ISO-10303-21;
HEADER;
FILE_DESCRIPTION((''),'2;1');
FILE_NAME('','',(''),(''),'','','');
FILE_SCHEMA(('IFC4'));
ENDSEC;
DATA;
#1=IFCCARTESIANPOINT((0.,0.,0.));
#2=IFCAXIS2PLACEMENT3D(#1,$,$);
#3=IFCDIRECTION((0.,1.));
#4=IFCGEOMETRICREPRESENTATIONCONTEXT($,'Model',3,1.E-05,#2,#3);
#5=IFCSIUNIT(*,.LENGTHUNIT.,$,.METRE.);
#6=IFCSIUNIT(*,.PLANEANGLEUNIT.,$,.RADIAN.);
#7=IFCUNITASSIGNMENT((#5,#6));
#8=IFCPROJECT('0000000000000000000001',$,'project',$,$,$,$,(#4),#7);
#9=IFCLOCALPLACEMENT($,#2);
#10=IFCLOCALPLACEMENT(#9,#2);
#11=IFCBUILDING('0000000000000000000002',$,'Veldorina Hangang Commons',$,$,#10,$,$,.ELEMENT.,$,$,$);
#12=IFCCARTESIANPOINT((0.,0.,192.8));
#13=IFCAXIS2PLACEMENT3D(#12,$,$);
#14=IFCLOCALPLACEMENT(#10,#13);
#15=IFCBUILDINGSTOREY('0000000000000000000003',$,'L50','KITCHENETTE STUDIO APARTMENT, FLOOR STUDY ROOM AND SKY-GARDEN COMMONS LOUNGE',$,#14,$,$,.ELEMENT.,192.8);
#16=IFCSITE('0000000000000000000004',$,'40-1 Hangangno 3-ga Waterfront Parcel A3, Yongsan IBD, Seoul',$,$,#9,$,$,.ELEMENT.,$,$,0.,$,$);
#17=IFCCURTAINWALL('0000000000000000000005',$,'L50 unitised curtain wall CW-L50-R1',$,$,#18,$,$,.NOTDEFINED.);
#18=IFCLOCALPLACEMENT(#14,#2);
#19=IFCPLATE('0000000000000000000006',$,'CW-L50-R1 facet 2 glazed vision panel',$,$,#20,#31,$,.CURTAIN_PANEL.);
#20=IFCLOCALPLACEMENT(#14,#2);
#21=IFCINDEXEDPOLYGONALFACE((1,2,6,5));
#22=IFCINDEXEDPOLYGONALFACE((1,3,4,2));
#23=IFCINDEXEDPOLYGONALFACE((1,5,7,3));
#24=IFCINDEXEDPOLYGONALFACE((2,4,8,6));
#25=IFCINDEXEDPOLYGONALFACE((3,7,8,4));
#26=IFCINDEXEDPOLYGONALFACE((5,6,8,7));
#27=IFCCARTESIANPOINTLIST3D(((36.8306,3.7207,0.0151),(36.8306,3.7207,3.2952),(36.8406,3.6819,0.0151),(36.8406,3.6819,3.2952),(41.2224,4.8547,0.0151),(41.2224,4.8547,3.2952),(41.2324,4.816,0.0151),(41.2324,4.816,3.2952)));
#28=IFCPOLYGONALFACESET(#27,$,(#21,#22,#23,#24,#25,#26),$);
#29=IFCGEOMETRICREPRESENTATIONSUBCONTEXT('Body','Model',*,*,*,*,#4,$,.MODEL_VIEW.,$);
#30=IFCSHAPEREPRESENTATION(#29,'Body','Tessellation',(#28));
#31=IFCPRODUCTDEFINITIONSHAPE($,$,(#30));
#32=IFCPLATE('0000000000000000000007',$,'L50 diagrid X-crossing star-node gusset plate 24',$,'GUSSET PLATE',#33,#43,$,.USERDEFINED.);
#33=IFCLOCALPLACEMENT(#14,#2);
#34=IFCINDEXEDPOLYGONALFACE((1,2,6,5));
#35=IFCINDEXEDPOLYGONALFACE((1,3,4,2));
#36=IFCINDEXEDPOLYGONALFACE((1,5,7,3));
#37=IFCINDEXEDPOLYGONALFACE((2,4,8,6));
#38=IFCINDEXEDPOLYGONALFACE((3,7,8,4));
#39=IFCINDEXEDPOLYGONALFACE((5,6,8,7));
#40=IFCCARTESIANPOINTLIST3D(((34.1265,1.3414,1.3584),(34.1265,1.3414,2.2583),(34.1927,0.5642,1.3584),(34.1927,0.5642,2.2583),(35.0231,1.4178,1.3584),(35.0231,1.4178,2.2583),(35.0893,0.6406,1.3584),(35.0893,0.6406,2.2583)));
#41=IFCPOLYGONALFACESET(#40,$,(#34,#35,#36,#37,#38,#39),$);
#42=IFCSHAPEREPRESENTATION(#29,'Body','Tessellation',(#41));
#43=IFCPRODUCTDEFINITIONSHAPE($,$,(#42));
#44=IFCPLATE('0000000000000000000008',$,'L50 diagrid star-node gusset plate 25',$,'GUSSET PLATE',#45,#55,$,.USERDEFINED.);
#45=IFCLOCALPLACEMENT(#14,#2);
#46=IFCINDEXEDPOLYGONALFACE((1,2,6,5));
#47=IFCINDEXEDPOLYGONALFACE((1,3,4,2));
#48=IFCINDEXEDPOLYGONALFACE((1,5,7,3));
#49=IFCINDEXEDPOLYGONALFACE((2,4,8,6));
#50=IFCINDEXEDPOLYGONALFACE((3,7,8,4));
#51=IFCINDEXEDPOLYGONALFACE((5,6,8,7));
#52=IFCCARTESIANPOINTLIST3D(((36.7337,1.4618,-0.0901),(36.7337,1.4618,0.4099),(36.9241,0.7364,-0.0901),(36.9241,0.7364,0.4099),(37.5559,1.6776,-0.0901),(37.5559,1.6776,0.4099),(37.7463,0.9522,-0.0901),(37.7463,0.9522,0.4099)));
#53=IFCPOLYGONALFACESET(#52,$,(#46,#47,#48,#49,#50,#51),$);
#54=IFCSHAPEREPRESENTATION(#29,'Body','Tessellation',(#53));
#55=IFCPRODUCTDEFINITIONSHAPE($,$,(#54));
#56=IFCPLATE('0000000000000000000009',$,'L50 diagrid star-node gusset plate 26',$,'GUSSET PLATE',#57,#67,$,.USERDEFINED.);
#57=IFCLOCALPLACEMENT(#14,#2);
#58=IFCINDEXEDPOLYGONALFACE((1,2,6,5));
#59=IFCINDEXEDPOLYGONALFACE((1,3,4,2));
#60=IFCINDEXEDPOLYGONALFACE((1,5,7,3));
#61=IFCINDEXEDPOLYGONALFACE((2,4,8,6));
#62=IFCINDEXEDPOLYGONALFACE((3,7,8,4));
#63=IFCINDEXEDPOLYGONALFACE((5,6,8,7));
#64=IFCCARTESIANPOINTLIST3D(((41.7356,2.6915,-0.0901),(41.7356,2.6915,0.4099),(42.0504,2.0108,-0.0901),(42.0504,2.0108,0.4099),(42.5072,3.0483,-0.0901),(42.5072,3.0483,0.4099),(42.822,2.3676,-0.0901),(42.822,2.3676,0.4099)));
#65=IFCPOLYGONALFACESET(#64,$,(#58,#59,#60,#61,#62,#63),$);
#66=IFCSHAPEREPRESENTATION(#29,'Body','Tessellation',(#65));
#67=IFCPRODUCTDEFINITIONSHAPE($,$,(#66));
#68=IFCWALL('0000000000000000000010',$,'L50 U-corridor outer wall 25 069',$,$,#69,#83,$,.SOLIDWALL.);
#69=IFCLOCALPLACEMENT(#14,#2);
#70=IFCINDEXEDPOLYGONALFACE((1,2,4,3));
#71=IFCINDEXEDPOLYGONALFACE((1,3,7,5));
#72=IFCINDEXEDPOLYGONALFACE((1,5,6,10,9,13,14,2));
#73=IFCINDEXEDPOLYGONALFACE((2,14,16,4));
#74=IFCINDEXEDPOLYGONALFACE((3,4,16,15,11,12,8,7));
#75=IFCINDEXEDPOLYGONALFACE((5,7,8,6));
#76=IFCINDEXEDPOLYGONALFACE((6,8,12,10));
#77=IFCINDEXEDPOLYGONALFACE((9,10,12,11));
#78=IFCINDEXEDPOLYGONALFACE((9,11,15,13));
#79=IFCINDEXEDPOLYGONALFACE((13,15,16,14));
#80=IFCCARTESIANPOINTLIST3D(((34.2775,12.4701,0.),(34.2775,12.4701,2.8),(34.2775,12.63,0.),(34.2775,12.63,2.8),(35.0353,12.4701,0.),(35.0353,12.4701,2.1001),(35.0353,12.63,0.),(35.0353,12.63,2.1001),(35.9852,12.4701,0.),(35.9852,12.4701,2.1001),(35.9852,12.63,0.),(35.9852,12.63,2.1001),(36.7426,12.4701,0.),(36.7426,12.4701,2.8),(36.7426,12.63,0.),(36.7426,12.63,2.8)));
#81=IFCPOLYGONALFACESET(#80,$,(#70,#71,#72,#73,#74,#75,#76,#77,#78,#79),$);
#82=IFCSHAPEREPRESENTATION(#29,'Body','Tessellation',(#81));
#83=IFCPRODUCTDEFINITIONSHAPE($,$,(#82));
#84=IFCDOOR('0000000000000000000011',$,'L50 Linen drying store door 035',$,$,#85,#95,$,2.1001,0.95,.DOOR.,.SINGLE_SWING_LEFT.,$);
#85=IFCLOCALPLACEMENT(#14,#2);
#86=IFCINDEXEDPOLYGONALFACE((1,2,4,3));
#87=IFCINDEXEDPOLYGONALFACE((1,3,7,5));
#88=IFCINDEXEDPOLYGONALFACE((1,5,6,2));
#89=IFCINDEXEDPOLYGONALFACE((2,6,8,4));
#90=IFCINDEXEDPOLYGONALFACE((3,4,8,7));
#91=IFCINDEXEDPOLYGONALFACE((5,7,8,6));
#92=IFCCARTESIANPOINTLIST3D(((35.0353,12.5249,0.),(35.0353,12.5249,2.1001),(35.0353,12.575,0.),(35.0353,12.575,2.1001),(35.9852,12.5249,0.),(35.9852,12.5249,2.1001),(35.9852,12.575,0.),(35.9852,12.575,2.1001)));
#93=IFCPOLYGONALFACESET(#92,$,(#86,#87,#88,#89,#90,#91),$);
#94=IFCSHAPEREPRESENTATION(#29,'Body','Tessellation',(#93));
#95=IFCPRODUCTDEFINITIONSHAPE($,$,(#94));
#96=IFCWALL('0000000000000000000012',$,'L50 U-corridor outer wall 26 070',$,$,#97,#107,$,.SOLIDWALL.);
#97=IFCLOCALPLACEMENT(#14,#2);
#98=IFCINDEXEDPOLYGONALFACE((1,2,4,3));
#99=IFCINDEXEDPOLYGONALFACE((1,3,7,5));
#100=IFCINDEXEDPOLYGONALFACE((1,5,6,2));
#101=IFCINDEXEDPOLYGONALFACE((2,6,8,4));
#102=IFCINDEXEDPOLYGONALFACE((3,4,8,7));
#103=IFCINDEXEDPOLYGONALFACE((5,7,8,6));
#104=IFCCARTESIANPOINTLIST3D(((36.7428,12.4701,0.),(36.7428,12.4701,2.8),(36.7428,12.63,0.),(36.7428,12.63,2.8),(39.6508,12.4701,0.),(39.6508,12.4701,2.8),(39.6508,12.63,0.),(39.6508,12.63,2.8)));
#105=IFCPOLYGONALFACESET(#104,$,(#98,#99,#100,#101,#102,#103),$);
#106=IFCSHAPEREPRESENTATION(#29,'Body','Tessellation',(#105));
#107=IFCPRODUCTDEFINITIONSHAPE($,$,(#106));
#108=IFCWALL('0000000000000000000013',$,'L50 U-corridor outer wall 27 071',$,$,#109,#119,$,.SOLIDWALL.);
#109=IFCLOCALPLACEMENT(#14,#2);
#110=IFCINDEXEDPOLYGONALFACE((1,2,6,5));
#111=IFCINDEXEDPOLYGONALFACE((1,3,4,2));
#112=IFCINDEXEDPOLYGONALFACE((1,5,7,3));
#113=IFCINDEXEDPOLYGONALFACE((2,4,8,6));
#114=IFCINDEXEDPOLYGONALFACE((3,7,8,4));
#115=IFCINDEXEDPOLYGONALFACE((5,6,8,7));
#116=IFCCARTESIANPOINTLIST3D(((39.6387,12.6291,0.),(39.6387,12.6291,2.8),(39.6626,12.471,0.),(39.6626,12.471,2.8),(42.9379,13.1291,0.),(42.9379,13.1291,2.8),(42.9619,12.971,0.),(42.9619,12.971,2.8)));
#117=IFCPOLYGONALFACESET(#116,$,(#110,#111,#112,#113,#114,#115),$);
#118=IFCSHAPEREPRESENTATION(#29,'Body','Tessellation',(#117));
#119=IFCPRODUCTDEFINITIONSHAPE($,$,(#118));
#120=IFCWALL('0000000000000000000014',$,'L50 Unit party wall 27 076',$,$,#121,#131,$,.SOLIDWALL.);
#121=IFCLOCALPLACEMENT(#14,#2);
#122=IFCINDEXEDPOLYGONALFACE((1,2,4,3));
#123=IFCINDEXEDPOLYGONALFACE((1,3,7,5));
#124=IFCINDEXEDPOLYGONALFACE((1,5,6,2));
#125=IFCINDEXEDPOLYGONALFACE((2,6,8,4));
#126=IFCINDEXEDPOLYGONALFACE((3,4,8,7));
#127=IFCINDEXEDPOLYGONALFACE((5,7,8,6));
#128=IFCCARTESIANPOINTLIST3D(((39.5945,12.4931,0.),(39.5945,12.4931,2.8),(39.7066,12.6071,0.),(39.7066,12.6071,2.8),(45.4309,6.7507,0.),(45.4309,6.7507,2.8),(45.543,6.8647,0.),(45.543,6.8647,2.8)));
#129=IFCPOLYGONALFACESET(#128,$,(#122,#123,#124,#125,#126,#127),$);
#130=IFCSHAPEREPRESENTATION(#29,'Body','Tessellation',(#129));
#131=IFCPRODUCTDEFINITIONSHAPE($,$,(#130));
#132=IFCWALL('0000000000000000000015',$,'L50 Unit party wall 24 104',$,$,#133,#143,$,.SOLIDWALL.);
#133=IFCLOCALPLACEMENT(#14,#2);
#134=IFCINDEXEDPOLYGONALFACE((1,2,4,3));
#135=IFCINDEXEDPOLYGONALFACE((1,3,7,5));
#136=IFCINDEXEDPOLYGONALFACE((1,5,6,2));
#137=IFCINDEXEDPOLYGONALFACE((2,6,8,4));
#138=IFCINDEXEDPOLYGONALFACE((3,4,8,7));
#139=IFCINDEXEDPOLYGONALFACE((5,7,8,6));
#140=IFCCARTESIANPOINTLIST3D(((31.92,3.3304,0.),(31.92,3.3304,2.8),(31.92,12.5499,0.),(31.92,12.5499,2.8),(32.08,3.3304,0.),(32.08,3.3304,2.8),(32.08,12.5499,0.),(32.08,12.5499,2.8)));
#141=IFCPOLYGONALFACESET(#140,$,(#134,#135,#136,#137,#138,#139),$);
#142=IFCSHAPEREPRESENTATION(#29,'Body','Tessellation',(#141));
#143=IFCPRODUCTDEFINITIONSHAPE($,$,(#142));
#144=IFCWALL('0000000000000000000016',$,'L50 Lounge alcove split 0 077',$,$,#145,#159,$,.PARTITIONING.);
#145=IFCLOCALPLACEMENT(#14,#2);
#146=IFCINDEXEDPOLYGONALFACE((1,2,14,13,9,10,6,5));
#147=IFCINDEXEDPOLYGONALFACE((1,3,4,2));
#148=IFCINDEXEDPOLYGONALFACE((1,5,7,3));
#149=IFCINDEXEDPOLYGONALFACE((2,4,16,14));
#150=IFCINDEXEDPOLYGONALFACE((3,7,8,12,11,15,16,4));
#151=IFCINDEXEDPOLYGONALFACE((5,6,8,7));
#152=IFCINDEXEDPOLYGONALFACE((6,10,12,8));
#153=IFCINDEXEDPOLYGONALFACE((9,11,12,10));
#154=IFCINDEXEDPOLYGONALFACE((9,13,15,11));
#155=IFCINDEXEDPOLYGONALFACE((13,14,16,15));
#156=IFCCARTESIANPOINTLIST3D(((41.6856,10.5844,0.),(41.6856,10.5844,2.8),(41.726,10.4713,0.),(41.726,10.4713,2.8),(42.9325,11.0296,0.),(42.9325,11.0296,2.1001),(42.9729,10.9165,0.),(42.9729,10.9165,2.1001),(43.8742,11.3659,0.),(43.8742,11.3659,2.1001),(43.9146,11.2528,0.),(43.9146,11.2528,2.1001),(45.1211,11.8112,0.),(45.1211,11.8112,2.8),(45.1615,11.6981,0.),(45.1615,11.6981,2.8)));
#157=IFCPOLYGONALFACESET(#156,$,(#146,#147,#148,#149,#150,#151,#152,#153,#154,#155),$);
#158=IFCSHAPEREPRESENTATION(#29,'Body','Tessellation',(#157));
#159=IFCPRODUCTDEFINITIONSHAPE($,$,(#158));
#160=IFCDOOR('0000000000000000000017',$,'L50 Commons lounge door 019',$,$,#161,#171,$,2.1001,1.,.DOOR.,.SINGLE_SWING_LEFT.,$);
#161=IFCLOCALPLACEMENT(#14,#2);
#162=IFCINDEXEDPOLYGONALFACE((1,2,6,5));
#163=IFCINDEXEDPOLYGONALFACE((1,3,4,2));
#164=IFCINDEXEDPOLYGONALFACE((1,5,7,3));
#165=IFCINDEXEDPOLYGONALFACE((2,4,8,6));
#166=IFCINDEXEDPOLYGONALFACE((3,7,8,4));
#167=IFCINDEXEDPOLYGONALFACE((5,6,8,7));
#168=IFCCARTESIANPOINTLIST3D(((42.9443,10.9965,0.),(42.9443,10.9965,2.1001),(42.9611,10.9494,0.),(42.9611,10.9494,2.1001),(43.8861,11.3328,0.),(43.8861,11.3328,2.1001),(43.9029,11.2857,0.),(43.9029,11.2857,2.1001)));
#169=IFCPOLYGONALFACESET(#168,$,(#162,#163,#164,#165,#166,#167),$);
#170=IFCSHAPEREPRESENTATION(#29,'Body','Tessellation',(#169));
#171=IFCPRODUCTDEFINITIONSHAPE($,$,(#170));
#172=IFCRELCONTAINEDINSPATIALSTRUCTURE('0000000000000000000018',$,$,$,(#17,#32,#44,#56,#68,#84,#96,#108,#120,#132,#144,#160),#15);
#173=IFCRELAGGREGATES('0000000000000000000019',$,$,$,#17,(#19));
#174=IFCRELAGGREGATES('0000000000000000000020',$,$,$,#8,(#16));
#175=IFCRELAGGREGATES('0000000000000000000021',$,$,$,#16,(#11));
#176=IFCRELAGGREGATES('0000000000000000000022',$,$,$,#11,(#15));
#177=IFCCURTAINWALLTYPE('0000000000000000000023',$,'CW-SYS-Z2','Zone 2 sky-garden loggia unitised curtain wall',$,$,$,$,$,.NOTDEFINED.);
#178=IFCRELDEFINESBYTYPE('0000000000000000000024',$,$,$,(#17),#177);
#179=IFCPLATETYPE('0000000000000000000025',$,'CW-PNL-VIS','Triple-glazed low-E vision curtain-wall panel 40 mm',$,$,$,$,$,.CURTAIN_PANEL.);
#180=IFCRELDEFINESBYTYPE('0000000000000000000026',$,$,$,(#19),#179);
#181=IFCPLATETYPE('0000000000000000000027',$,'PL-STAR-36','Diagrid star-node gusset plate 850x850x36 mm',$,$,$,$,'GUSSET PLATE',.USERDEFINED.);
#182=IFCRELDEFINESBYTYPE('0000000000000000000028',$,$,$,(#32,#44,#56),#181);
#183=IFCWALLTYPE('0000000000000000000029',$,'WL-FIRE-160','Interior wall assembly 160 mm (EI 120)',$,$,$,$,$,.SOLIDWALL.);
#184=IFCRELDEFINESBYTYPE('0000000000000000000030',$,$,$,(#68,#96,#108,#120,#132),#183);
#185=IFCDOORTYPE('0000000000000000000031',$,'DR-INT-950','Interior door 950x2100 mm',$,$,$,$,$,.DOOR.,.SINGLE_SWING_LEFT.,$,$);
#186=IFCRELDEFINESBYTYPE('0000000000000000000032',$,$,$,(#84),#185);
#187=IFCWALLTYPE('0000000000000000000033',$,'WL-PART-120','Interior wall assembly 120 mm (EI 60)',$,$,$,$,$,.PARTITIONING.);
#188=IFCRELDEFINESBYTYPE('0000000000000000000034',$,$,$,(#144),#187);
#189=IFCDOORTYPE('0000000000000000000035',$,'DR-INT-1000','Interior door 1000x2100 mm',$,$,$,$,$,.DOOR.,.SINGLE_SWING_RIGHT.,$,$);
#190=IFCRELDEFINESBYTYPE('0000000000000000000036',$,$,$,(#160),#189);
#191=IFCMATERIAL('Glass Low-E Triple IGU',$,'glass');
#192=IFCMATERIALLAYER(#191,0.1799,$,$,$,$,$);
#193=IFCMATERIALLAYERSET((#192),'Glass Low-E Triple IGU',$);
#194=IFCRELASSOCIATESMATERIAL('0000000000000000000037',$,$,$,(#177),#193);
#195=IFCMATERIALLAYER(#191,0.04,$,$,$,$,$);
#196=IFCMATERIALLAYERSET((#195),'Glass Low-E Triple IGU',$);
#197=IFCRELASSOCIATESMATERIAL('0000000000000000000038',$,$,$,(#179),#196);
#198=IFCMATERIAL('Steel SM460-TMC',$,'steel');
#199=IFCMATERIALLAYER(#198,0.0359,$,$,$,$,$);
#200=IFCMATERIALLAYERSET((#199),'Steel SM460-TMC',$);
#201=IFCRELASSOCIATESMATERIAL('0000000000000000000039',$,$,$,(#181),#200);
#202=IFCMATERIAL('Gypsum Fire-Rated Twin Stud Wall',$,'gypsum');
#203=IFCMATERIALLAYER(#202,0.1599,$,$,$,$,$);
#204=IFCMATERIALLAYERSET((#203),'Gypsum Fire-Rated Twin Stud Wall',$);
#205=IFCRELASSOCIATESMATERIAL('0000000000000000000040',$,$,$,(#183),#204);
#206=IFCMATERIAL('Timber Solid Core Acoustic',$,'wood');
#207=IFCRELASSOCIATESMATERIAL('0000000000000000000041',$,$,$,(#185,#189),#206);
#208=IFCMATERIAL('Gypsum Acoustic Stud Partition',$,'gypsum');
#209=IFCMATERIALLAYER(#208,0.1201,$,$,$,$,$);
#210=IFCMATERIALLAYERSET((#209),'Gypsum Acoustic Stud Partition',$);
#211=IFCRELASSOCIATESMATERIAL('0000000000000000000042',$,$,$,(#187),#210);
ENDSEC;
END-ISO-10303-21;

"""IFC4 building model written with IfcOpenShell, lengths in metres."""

from ifc_helpers import new_model, si_unit, direction, frame, frame_2d, origin, origin_2d, place, context, subcontext, project, spatial, rectangle, extrude, material, layer, layer_set, type_object, element, fill, aggregate, save


model = new_model("IFC4")

# Units and contexts
model_context = context("Model", 3, precision=1e-05, world=origin(), true_north=direction((0.0, 1.0)))
body_context = subcontext(model_context, "Body", "Model", "MODEL_VIEW")
ifc_project = project(units=[si_unit("LENGTHUNIT", "METRE"), si_unit("PLANEANGLEUNIT", "RADIAN")], contexts=[model_context])

# Site, building, storey
site_placement = place(None, origin())
site = spatial("IfcSite", under=ifc_project, at=site_placement, Name="40-1 Hangangno 3-ga Waterfront Parcel A3, Yongsan IBD, Seoul", CompositionType="ELEMENT", RefElevation=0.0)
building_placement = place(site_placement, origin())
building = spatial("IfcBuilding", under=site, at=building_placement, Name="Veldorina Hangang Commons", CompositionType="ELEMENT")
storey_placement = place(building_placement, frame((0.0, 0.0, 192.8)))
storey = spatial("IfcBuildingStorey", under=building, at=storey_placement, Name="L50", Description="KITCHENETTE STUDIO APARTMENT, FLOOR STUDY ROOM AND SKY-GARDEN COMMONS LOUNGE", CompositionType="ELEMENT", Elevation=192.8)

# Curtain wall
ifc_material_1 = material(Name="Glass Low-E Triple IGU", Category="glass")
ifc_layer_1 = layer(ifc_material_1, 0.1799)
ifc_layer_set_1 = layer_set([ifc_layer_1], Name="Glass Low-E Triple IGU")
curtain_wall_type = type_object("IfcCurtainWallType", Name="CW-SYS-Z2", Description="Zone 2 sky-garden loggia unitised curtain wall", PredefinedType="NOTDEFINED", material=ifc_layer_set_1)
curtain_wall_placement = place(storey_placement, origin())
curtain_wall = element("IfcCurtainWall", 1, at=curtain_wall_placement, inside=storey, type_object=curtain_wall_type, Name="L50 unitised curtain wall CW-L50-R1", PredefinedType="NOTDEFINED")

# Plate
ifc_layer_2 = layer(ifc_material_1, 0.04)
ifc_layer_set_2 = layer_set([ifc_layer_2], Name="Glass Low-E Triple IGU")
plate_type_1 = type_object("IfcPlateType", Name="CW-PNL-VIS", Description="Triple-glazed low-E vision curtain-wall panel 40 mm", PredefinedType="CURTAIN_PANEL", material=ifc_layer_set_2)
plate_1_placement = place(storey_placement, frame((39.0315, 4.2683, 0.0151), z_axis=(0.0, 0.0, 1.0), x_axis=(0.968239, 0.250025, 0.0)))
plate_1 = element("IfcPlate", 2, at=plate_1_placement, type_object=plate_type_1, Name="CW-L50-R1 facet 2 glazed vision panel", PredefinedType="CURTAIN_PANEL", context=body_context, shape_type="SweptSolid", body=[
    extrude(rectangle(XDim=4.5359, YDim=0.04, at=origin_2d()), origin(), (0.0, 0.0, 1.0), 3.28),
])
aggregate(curtain_wall, [plate_1])

# Plates
ifc_material_2 = material(Name="Steel SM460-TMC", Category="steel")
ifc_layer_3 = layer(ifc_material_2, 0.0359)
ifc_layer_set_3 = layer_set([ifc_layer_3], Name="Steel SM460-TMC")
plate_type_2 = type_object("IfcPlateType", Name="PL-STAR-36", Description="Diagrid star-node gusset plate 850x850x36 mm", ElementType="GUSSET PLATE", PredefinedType="USERDEFINED", material=ifc_layer_set_3)
plate_2_placement = place(storey_placement, frame((34.6079, 0.991, 1.3584), z_axis=(0.0, 0.0, 1.0), x_axis=(0.99639, 0.084895, 0.0)))
element("IfcPlate", 3, at=plate_2_placement, inside=storey, type_object=plate_type_2, Name="L50 diagrid X-crossing star-node gusset plate 24", ObjectType="GUSSET PLATE", PredefinedType="USERDEFINED", context=body_context, shape_type="SweptSolid", body=[
    extrude(rectangle(XDim=0.8999, YDim=0.78, at=origin_2d()), origin(), (0.0, 0.0, 1.0), 0.8999),
])
for number, where, z_axis, x_axis, name in (
    (4, (37.24, 1.207, -0.0901), (0.0, 0.0, 1.0), (0.967241, 0.253859, 0.0), "L50 diagrid star-node gusset plate 25"),
    (5, (42.2788, 2.5295, -0.0901), (0.0, 0.0, 1.0), (0.907646, 0.419737, 0.0), "L50 diagrid star-node gusset plate 26"),
):
    element("IfcPlate", number, at=place(storey_placement, frame(where, z_axis=z_axis, x_axis=x_axis)), inside=storey, type_object=plate_type_2, Name=name, ObjectType="GUSSET PLATE", PredefinedType="USERDEFINED", context=body_context, shape_type="SweptSolid", body=[
        extrude(rectangle(XDim=0.8501, YDim=0.75, at=origin_2d()), origin(), (0.0, 0.0, 1.0), 0.5),
    ])

# Wall, opening, door
ifc_material_3 = material(Name="Gypsum Fire-Rated Twin Stud Wall", Category="gypsum")
ifc_layer_4 = layer(ifc_material_3, 0.1599)
ifc_layer_set_4 = layer_set([ifc_layer_4], Name="Gypsum Fire-Rated Twin Stud Wall")
wall_type_1 = type_object("IfcWallType", Name="WL-FIRE-160", Description="Interior wall assembly 160 mm (EI 120)", PredefinedType="SOLIDWALL", material=ifc_layer_set_4)
wall_1_placement = place(storey_placement, frame((34.2776, 12.55, 0.0), z_axis=(0.0, 0.0, 1.0), x_axis=(1.0, 0.0, 0.0)))
wall_1 = element("IfcWall", 6, at=wall_1_placement, inside=storey, type_object=wall_type_1, Name="L50 U-corridor outer wall 25 069", PredefinedType="SOLIDWALL", context=body_context, shape_type="SweptSolid", body=[
    extrude(rectangle(XDim=2.4651, YDim=0.1599, at=frame_2d((1.2324, 0.0))), origin(), (0.0, 0.0, 1.0), 2.8),
])
opening_1_placement = place(wall_1_placement, frame((0.7576, 0.0, 0.0)))
opening_1 = element("IfcOpeningElement", 7, at=opening_1_placement, cuts=wall_1, PredefinedType="OPENING", context=body_context, shape_type="SweptSolid", body=[
    extrude(rectangle(XDim=0.95, YDim=2.1001, at=frame_2d((0.4751, 1.05))), frame((0.0, 0.0898, 0.0), z_axis=(0.0, -1.0, 0.0), x_axis=(1.0, 0.0, 0.0)), (0.0, 0.0, 1.0), 0.1799),
])
ifc_material_4 = material(Name="Timber Solid Core Acoustic", Category="wood")
door_type_1 = type_object("IfcDoorType", Name="DR-INT-950", Description="Interior door 950x2100 mm", OperationType="SINGLE_SWING_LEFT", PredefinedType="DOOR", material=ifc_material_4)
door_1_placement = place(opening_1_placement, origin())
door_1 = element("IfcDoor", 8, at=door_1_placement, inside=storey, type_object=door_type_1, Name="L50 Linen drying store door 035", OperationType="SINGLE_SWING_LEFT", OverallHeight=2.1001, OverallWidth=0.95, PredefinedType="DOOR", context=body_context, shape_type="SweptSolid", body=[
    extrude(rectangle(XDim=0.95, YDim=2.1001, at=frame_2d((0.4751, 1.05))), frame((0.0, 0.0249, 0.0), z_axis=(0.0, -1.0, 0.0), x_axis=(1.0, 0.0, 0.0)), (0.0, 0.0, 1.0), 0.05),
])
fill(opening_1, door_1)

# Walls
wall_2_placement = place(storey_placement, frame((36.7427, 12.55, 0.0), z_axis=(0.0, 0.0, 1.0), x_axis=(1.0, 0.0, 0.0)))
element("IfcWall", 9, at=wall_2_placement, inside=storey, type_object=wall_type_1, Name="L50 U-corridor outer wall 26 070", PredefinedType="SOLIDWALL", context=body_context, shape_type="SweptSolid", body=[
    extrude(rectangle(XDim=2.908, YDim=0.1599, at=frame_2d((1.4541, 0.0))), origin(), (0.0, 0.0, 1.0), 2.8),
])
wall_3_placement = place(storey_placement, frame((39.6506, 12.55, 0.0), z_axis=(0.0, 0.0, 1.0), x_axis=(0.988711, 0.149836, 0.0)))
element("IfcWall", 10, at=wall_3_placement, inside=storey, type_object=wall_type_1, Name="L50 U-corridor outer wall 27 071", PredefinedType="SOLIDWALL", context=body_context, shape_type="SweptSolid", body=[
    extrude(rectangle(XDim=3.3369, YDim=0.1599, at=frame_2d((1.6685, 0.0))), origin(), (0.0, 0.0, 1.0), 2.8),
])
wall_4_placement = place(storey_placement, frame((39.6506, 12.55, 0.0), z_axis=(0.0, 0.0, 1.0), x_axis=(0.712823, -0.701344, 0.0)))
element("IfcWall", 11, at=wall_4_placement, inside=storey, type_object=wall_type_1, Name="L50 Unit party wall 27 076", PredefinedType="SOLIDWALL", context=body_context, shape_type="SweptSolid", body=[
    extrude(rectangle(XDim=8.1877, YDim=0.1599, at=frame_2d((4.0938, 0.0))), origin(), (0.0, 0.0, 1.0), 2.8),
])
wall_5_placement = place(storey_placement, frame((32.0, 12.55, 0.0), z_axis=(0.0, 0.0, 1.0), x_axis=(0.0, -1.0, 0.0)))
element("IfcWall", 12, at=wall_5_placement, inside=storey, type_object=wall_type_1, Name="L50 Unit party wall 24 104", PredefinedType="SOLIDWALL", context=body_context, shape_type="SweptSolid", body=[
    extrude(rectangle(XDim=9.2195, YDim=0.1599, at=frame_2d((4.6099, 0.0))), origin(), (0.0, 0.0, 1.0), 2.8),
])

# Wall, opening, door
ifc_material_5 = material(Name="Gypsum Acoustic Stud Partition", Category="gypsum")
ifc_layer_5 = layer(ifc_material_5, 0.1201)
ifc_layer_set_5 = layer_set([ifc_layer_5], Name="Gypsum Acoustic Stud Partition")
wall_type_2 = type_object("IfcWallType", Name="WL-PART-120", Description="Interior wall assembly 120 mm (EI 60)", PredefinedType="PARTITIONING", material=ifc_layer_set_5)
wall_6_placement = place(storey_placement, frame((41.7058, 10.5278, 0.0), z_axis=(0.0, 0.0, 1.0), x_axis=(0.941757, 0.336294, 0.0)))
wall_6 = element("IfcWall", 13, at=wall_6_placement, inside=storey, type_object=wall_type_2, Name="L50 Lounge alcove split 0 077", PredefinedType="PARTITIONING", context=body_context, shape_type="SweptSolid", body=[
    extrude(rectangle(XDim=3.6479, YDim=0.1201, at=frame_2d((1.824, 0.0))), origin(), (0.0, 0.0, 1.0), 2.8),
])
opening_2_placement = place(wall_6_placement, frame((1.324, 0.0, 0.0)))
opening_2 = element("IfcOpeningElement", 14, at=opening_2_placement, cuts=wall_6, PredefinedType="OPENING", context=body_context, shape_type="SweptSolid", body=[
    extrude(rectangle(XDim=1.0, YDim=2.1001, at=frame_2d((0.5, 1.05))), frame((0.0, 0.0701, 0.0), z_axis=(0.0, -1.0, 0.0), x_axis=(1.0, 0.0, 0.0)), (0.0, 0.0, 1.0), 0.1401),
])
door_type_2 = type_object("IfcDoorType", Name="DR-INT-1000", Description="Interior door 1000x2100 mm", OperationType="SINGLE_SWING_RIGHT", PredefinedType="DOOR", material=ifc_material_4)
door_2_placement = place(opening_2_placement, origin())
door_2 = element("IfcDoor", 15, at=door_2_placement, inside=storey, type_object=door_type_2, Name="L50 Commons lounge door 019", OperationType="SINGLE_SWING_LEFT", OverallHeight=2.1001, OverallWidth=1.0, PredefinedType="DOOR", context=body_context, shape_type="SweptSolid", body=[
    extrude(rectangle(XDim=1.0, YDim=2.1001, at=frame_2d((0.5, 1.05))), frame((0.0, 0.0249, 0.0), z_axis=(0.0, -1.0, 0.0), x_axis=(1.0, 0.0, 0.0)), (0.0, 0.0, 1.0), 0.05),
])
fill(opening_2, door_2)

save(model, "model.ifc")
